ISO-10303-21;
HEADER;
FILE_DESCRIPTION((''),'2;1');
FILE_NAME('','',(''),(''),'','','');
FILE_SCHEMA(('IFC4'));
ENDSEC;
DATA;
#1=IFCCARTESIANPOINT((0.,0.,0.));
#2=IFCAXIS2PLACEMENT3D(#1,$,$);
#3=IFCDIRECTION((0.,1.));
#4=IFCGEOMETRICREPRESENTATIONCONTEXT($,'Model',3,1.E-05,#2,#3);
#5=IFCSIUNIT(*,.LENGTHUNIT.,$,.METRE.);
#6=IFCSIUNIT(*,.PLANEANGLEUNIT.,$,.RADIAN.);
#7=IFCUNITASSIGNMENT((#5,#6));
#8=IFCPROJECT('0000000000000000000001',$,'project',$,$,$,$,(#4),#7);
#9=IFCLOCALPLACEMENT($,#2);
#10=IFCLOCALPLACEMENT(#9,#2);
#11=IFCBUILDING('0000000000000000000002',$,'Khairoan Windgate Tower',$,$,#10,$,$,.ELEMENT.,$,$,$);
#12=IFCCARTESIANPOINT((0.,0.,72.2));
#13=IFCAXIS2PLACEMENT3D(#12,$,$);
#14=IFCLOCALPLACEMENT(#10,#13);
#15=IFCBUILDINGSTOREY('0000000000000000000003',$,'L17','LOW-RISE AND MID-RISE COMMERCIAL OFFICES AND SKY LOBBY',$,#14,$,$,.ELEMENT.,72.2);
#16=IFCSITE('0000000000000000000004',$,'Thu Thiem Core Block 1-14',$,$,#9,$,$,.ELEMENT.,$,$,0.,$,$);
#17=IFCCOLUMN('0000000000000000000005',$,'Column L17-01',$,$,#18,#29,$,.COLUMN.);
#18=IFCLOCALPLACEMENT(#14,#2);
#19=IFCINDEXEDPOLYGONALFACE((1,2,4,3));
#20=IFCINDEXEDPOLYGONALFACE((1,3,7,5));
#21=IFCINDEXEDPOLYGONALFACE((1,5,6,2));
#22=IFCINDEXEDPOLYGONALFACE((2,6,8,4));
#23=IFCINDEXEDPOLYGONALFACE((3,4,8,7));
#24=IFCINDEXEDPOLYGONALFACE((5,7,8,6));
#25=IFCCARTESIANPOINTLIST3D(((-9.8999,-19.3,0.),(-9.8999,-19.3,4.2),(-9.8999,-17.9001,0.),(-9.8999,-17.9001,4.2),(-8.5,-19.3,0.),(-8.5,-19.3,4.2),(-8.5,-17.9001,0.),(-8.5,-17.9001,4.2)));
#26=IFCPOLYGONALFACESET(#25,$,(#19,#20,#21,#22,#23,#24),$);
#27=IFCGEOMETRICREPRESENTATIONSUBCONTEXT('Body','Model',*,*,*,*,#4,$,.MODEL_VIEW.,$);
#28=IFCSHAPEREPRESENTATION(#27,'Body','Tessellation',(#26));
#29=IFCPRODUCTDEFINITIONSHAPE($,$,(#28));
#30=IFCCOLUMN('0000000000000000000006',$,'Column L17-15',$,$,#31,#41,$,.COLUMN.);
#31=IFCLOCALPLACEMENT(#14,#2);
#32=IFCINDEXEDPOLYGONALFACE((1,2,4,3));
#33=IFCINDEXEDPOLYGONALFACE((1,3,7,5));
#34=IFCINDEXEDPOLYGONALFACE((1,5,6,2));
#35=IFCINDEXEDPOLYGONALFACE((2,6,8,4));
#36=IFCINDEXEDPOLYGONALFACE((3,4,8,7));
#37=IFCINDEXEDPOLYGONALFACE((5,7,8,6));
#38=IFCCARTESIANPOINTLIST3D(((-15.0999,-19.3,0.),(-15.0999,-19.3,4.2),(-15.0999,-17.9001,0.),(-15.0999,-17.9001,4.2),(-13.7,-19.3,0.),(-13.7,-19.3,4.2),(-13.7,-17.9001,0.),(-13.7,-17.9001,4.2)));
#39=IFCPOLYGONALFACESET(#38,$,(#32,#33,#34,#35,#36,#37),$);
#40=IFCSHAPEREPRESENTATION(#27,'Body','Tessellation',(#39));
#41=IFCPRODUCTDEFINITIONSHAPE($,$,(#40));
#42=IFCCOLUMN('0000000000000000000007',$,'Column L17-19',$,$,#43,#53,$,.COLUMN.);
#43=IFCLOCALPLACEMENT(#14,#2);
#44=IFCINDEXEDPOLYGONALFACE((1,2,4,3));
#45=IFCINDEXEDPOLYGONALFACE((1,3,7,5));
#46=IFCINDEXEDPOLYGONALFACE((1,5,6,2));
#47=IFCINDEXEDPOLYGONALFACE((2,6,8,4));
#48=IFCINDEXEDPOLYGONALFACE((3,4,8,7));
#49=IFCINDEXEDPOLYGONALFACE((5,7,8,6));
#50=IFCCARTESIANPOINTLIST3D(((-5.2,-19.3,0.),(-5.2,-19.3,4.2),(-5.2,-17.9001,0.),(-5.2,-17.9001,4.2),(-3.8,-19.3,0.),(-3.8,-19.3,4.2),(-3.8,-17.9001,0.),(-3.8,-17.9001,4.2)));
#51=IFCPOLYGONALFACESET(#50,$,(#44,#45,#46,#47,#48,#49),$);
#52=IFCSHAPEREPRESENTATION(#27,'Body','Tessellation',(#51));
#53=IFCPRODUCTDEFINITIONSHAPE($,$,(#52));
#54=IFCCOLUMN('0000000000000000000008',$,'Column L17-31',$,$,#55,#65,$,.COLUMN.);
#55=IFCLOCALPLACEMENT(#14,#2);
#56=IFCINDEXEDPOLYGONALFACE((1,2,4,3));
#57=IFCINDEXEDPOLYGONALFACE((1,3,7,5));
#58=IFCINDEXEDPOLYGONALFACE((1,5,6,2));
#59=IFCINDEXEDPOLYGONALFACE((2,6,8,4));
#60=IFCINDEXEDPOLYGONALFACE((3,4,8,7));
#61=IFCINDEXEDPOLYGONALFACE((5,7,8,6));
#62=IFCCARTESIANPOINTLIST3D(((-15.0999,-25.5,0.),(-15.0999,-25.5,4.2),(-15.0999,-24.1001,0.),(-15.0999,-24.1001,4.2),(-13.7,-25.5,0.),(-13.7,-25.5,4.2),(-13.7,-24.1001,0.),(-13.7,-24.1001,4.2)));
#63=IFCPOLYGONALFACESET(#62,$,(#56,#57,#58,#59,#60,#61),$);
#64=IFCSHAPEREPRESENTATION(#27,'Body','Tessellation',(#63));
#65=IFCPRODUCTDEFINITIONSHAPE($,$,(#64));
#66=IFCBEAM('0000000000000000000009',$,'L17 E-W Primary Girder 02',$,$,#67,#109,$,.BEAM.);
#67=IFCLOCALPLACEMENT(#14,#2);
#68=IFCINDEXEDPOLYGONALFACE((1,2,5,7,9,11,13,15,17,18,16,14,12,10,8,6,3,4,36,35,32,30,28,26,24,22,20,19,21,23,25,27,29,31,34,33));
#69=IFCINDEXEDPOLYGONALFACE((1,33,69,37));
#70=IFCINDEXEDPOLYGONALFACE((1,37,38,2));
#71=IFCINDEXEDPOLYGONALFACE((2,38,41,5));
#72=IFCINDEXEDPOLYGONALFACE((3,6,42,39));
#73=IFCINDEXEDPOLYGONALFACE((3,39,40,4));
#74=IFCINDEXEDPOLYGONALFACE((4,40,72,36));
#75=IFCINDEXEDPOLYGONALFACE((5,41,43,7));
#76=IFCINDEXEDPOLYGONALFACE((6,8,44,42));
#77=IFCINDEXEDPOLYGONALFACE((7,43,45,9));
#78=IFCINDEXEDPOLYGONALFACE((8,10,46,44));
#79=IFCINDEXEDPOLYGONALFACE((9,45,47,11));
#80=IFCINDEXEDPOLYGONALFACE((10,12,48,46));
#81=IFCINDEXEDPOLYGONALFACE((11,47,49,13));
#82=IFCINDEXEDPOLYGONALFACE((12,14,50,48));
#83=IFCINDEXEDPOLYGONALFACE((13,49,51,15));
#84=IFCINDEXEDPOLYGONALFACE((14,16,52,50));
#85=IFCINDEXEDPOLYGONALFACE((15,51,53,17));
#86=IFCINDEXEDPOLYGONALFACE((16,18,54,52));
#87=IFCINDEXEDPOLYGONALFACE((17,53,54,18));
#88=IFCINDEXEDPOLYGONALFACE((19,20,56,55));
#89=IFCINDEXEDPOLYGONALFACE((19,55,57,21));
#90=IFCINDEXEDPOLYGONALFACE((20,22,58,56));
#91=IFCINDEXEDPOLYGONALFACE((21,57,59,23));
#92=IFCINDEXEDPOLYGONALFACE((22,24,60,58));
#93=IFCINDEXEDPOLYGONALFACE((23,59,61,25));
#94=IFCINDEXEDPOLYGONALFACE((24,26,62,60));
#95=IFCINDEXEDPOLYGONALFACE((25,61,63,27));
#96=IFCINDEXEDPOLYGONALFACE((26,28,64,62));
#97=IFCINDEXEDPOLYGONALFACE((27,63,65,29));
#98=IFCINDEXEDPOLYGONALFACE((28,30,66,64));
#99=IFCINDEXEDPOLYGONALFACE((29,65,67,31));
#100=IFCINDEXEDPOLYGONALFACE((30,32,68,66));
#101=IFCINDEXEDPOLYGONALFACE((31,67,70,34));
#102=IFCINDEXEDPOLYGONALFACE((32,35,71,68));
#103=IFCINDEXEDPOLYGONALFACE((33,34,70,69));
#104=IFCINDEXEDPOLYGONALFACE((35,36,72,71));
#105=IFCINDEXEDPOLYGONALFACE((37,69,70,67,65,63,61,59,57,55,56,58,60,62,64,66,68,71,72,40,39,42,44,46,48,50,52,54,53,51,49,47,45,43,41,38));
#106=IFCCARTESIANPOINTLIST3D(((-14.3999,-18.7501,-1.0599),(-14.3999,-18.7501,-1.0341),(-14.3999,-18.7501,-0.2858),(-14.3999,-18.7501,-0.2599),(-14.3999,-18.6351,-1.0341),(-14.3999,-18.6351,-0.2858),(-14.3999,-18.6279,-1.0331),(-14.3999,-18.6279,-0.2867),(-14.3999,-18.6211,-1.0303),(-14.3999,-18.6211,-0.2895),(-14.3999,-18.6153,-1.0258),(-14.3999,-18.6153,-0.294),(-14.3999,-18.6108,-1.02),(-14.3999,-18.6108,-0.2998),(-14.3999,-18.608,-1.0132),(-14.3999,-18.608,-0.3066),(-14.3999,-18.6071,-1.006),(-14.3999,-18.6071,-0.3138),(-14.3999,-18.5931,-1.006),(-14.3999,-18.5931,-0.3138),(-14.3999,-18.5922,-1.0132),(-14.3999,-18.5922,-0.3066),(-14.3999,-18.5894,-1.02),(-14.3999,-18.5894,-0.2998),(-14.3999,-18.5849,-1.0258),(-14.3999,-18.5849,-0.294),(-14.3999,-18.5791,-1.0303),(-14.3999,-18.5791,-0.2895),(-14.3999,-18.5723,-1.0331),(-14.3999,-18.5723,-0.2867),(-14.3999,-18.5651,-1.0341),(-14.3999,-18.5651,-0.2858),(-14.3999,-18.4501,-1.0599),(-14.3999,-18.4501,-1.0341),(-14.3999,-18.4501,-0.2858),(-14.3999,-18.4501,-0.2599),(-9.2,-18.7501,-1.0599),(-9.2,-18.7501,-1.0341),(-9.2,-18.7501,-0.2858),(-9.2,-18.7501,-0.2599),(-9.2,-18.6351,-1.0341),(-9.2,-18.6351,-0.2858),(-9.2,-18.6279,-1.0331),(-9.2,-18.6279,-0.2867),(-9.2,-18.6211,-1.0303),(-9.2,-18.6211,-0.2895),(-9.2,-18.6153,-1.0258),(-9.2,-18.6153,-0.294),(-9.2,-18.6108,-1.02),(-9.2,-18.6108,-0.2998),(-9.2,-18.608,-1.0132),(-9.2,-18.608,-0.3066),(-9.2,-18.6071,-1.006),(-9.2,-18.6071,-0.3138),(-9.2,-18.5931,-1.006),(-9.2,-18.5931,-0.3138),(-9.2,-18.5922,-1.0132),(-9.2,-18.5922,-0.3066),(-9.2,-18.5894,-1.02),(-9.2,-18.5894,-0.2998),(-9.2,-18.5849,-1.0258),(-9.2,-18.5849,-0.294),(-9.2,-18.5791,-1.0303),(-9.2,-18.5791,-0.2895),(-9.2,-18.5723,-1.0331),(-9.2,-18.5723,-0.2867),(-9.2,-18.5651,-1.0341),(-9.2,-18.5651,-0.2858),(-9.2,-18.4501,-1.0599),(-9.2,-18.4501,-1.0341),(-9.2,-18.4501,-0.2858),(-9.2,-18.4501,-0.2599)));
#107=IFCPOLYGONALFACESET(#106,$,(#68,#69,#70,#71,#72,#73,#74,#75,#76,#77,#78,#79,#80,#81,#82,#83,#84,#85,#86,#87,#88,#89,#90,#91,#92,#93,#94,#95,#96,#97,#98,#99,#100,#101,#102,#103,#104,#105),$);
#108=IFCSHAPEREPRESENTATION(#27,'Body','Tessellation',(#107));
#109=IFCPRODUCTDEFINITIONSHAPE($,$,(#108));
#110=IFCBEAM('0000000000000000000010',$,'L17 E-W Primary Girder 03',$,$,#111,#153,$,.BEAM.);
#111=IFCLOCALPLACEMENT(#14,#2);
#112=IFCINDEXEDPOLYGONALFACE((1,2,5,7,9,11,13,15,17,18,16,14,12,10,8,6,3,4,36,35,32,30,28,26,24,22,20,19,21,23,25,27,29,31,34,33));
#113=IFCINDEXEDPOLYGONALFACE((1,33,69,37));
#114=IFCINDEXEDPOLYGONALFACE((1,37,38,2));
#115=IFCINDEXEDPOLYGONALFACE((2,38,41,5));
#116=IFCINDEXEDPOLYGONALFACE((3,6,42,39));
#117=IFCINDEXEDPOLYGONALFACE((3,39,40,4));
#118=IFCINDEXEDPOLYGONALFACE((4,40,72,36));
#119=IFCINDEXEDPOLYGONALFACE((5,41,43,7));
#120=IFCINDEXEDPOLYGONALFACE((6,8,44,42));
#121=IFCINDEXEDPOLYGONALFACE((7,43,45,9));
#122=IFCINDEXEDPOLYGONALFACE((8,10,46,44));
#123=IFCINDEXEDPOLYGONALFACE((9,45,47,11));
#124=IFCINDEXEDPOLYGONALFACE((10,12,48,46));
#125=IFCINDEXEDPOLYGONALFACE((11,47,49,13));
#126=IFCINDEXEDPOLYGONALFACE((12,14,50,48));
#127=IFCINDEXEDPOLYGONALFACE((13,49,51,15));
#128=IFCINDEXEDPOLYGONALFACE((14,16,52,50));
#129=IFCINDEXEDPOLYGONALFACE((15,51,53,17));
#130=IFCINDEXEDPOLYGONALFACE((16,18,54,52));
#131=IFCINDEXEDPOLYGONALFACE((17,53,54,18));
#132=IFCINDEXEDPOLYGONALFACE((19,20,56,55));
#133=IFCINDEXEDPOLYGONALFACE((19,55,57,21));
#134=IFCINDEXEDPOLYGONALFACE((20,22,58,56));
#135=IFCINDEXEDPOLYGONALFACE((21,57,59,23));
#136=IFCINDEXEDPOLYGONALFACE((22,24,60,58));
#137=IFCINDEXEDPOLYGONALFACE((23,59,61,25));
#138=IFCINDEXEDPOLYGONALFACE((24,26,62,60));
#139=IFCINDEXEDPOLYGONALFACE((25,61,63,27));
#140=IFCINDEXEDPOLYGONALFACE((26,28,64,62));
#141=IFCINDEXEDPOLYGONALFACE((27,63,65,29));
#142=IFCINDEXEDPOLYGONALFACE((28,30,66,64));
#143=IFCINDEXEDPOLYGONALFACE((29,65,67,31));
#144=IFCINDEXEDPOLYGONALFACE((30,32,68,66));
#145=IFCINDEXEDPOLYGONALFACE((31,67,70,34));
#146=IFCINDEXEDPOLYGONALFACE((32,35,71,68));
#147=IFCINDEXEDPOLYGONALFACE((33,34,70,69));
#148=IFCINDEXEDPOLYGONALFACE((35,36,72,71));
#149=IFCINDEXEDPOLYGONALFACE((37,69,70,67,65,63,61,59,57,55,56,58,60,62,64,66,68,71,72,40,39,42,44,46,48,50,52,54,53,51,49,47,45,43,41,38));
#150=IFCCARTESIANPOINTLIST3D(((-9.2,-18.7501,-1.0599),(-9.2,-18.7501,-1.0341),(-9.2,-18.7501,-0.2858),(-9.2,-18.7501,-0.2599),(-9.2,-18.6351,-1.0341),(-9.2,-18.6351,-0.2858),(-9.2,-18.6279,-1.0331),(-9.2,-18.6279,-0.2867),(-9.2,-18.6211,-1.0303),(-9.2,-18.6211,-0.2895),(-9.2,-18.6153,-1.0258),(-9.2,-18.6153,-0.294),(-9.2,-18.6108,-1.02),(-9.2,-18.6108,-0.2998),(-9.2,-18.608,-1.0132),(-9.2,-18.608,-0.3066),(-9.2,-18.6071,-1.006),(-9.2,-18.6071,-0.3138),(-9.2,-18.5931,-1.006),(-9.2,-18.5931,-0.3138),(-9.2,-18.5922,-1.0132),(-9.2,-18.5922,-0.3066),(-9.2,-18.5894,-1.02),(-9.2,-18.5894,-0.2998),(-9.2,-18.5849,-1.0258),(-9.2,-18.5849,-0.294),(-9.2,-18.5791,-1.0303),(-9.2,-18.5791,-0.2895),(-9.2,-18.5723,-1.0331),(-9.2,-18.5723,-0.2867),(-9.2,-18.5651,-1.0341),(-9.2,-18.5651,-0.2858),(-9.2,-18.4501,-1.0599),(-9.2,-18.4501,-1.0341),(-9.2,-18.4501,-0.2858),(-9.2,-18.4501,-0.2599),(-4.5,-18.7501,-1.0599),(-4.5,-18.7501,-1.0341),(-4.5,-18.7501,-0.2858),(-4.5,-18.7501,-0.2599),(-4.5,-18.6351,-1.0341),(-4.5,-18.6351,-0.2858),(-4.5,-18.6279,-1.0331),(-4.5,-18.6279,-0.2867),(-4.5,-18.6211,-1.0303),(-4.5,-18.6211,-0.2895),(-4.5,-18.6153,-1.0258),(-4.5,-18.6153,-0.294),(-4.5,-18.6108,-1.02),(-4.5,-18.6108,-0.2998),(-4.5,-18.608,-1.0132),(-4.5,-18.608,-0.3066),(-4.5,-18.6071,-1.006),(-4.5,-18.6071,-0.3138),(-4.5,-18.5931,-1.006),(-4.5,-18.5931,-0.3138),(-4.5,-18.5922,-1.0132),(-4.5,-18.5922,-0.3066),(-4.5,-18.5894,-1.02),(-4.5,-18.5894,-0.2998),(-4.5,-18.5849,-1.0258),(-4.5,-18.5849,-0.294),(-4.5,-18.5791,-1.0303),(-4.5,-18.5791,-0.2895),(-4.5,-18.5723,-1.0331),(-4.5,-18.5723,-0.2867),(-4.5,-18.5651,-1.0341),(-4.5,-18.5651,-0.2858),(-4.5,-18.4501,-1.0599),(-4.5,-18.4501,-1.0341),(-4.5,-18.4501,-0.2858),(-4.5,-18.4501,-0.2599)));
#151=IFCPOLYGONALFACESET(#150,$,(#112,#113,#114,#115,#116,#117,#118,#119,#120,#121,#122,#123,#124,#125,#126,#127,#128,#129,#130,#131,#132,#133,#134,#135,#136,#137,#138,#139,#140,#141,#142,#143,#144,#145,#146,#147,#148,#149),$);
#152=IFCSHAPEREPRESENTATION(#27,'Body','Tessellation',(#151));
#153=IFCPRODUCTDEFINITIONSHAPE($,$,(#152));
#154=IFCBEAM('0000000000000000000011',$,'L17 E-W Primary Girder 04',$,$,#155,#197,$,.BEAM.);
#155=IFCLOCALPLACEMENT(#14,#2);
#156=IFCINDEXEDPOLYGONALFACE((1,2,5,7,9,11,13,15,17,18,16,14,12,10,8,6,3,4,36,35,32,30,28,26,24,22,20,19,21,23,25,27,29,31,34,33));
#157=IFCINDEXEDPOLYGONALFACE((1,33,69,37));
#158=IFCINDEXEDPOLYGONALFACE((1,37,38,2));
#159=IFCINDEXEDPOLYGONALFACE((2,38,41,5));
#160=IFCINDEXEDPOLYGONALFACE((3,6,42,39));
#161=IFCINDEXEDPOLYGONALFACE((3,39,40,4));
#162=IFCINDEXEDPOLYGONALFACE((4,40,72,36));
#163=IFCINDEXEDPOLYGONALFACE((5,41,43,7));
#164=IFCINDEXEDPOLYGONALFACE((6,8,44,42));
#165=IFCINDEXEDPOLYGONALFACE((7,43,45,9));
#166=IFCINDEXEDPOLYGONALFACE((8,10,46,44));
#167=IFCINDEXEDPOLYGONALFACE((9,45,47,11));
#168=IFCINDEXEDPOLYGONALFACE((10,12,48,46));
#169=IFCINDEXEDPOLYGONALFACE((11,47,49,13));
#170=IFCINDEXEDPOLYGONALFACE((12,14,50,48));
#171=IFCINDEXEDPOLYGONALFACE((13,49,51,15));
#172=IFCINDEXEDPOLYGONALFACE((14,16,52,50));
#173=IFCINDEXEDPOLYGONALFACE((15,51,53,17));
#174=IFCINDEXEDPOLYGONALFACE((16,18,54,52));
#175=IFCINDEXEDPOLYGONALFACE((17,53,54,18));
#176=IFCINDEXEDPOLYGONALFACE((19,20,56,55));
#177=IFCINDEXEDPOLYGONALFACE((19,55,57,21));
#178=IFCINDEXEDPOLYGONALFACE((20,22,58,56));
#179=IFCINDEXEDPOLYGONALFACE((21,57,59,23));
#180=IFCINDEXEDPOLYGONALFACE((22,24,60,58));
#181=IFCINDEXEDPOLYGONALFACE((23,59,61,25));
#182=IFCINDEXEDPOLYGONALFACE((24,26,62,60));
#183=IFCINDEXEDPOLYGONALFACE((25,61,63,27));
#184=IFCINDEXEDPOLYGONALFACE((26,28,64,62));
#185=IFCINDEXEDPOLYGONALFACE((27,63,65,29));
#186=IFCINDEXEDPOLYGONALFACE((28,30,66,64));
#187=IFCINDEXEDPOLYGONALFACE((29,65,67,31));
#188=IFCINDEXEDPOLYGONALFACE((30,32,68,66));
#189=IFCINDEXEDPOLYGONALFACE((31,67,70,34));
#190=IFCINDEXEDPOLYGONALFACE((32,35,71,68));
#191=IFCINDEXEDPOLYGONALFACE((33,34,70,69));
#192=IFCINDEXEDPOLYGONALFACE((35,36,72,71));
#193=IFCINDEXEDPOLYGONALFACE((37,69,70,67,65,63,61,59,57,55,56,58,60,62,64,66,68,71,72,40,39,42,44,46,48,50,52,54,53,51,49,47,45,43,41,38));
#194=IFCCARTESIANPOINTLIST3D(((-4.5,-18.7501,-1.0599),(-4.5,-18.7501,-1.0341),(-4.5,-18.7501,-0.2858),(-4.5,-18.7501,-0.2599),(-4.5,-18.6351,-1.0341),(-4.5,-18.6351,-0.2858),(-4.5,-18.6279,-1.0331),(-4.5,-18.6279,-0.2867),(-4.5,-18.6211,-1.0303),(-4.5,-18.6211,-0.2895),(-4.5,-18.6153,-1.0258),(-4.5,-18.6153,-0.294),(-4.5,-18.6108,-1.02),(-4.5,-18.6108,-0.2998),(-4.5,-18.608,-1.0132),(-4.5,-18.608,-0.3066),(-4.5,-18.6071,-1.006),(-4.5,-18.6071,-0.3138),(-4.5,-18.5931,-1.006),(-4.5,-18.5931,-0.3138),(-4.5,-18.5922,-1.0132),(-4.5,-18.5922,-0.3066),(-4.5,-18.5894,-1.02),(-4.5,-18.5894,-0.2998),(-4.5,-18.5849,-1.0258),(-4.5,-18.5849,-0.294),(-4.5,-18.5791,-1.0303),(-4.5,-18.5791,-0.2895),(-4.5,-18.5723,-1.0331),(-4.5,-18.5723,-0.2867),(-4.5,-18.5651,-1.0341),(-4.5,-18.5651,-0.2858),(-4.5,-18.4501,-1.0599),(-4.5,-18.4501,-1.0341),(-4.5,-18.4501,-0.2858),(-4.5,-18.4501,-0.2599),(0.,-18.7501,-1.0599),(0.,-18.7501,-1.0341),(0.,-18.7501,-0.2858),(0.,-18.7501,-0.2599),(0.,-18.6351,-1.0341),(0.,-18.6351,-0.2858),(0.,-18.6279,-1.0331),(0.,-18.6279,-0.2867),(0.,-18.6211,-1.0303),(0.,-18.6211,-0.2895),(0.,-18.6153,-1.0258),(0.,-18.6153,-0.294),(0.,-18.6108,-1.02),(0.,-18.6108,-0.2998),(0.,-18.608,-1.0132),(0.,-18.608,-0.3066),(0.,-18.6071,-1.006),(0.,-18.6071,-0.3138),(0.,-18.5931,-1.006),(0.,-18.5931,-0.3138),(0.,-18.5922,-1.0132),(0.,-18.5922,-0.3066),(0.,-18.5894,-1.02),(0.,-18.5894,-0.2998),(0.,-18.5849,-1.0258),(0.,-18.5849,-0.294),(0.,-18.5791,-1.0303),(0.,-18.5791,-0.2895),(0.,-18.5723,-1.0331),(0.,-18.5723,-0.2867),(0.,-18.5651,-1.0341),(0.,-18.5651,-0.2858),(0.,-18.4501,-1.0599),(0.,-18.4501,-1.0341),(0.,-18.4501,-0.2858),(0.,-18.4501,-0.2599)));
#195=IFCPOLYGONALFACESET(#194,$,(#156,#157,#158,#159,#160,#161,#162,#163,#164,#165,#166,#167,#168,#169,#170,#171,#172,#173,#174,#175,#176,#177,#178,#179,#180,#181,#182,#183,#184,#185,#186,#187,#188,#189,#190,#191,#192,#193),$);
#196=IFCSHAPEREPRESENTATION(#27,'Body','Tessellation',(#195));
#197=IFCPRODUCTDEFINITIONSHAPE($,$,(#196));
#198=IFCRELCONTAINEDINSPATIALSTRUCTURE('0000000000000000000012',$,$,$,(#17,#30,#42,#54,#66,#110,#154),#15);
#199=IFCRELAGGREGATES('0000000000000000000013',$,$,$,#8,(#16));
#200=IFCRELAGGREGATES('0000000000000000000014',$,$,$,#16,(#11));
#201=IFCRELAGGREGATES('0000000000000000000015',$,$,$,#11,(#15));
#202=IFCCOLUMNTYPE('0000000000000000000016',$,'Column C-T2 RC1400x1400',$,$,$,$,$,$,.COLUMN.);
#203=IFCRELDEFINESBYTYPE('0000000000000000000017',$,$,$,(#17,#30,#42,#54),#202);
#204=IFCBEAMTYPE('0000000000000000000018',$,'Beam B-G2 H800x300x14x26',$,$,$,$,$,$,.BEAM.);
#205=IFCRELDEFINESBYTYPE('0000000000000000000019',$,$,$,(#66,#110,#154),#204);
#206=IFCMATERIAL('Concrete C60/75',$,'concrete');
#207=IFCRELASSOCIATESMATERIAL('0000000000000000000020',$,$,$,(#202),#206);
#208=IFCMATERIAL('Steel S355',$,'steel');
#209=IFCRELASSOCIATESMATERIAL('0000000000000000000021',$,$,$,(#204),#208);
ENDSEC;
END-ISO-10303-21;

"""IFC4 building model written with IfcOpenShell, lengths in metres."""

from ifc_helpers import new_model, si_unit, direction, frame, origin, origin_2d, place, context, subcontext, project, spatial, rectangle, i_section, extrude, material, material_profile, profile_set, type_object, element, save


model = new_model("IFC4")

# Units and contexts
model_context = context("Model", 3, precision=1e-05, world=origin(), true_north=direction((0.0, 1.0)))
body_context = subcontext(model_context, "Body", "Model", "MODEL_VIEW")
ifc_project = project(units=[si_unit("LENGTHUNIT", "METRE"), si_unit("PLANEANGLEUNIT", "RADIAN")], contexts=[model_context])

# Site, building, storey
site_placement = place(None, origin())
site = spatial("IfcSite", under=ifc_project, at=site_placement, Name="Thu Thiem Core Block 1-14", CompositionType="ELEMENT", RefElevation=0.0)
building_placement = place(site_placement, origin())
building = spatial("IfcBuilding", under=site, at=building_placement, Name="Khairoan Windgate Tower", CompositionType="ELEMENT")
storey_placement = place(building_placement, frame((0.0, 0.0, 72.2)))
storey = spatial("IfcBuildingStorey", under=building, at=storey_placement, Name="L17", Description="LOW-RISE AND MID-RISE COMMERCIAL OFFICES AND SKY LOBBY", CompositionType="ELEMENT", Elevation=72.2)

# Columns
ifc_material_1 = material(Name="Concrete C60/75", Category="concrete")
ifc_material_profile_1 = material_profile(ifc_material_1, rectangle(XDim=1.3999, YDim=1.3999, at=origin_2d()))
ifc_profile_set_1 = profile_set([ifc_material_profile_1], Name="Concrete C60/75")
column_type = type_object("IfcColumnType", Name="Column C-T2 RC1400x1400", PredefinedType="COLUMN", material=ifc_profile_set_1)
for number, where, z_axis, x_axis, name in (
    (1, (-9.2, -18.6001, 0.0), (0.0, 0.0, 1.0), (1.0, 0.0, 0.0), "Column L17-01"),
    (2, (-14.3999, -18.6001, 0.0), (0.0, 0.0, 1.0), (1.0, 0.0, 0.0), "Column L17-15"),
    (3, (-4.5, -18.6001, 0.0), (0.0, 0.0, 1.0), (1.0, 0.0, 0.0), "Column L17-19"),
    (4, (-14.3999, -24.8, 0.0), (0.0, 0.0, 1.0), (1.0, 0.0, 0.0), "Column L17-31"),
):
    element("IfcColumn", number, at=place(storey_placement, frame(where, z_axis=z_axis, x_axis=x_axis)), inside=storey, type_object=column_type, Name=name, PredefinedType="COLUMN", context=body_context, shape_type="SweptSolid", body=[
        extrude(rectangle(XDim=1.3999, YDim=1.3999, at=origin_2d()), origin(), (0.0, 0.0, 1.0), 4.2),
    ])

# Beams
ifc_material_2 = material(Name="Steel S355", Category="steel")
ifc_material_profile_2 = material_profile(ifc_material_2, i_section(OverallWidth=0.3, OverallDepth=0.8, WebThickness=0.0139, FlangeThickness=0.0259, FilletRadius=0.0281, at=origin_2d()))
ifc_profile_set_2 = profile_set([ifc_material_profile_2], Name="Steel S355")
beam_type_1 = type_object("IfcBeamType", Name="Beam B-G2 H800x300x14x26", PredefinedType="BEAM", material=ifc_profile_set_2)
beam_1_placement = place(storey_placement, frame((-14.3999, -18.6001, -0.6599), z_axis=(1.0, 0.0, 0.0), x_axis=(0.0, 1.0, 0.0)))
element("IfcBeam", 5, at=beam_1_placement, inside=storey, type_object=beam_type_1, Name="L17 E-W Primary Girder 02", PredefinedType="BEAM", context=body_context, shape_type="SweptSolid", body=[
    extrude(i_section(OverallWidth=0.3, OverallDepth=0.8, WebThickness=0.0139, FlangeThickness=0.0259, FilletRadius=0.0281, at=origin_2d()), origin(), (0.0, 0.0, 1.0), 5.2),
])
beam_2_placement = place(storey_placement, frame((-9.2, -18.6001, -0.6599), z_axis=(1.0, 0.0, 0.0), x_axis=(0.0, 1.0, 0.0)))
element("IfcBeam", 6, at=beam_2_placement, inside=storey, type_object=beam_type_1, Name="L17 E-W Primary Girder 03", PredefinedType="BEAM", context=body_context, shape_type="SweptSolid", body=[
    extrude(i_section(OverallWidth=0.3, OverallDepth=0.8, WebThickness=0.0139, FlangeThickness=0.0259, FilletRadius=0.0281, at=origin_2d()), origin(), (0.0, 0.0, 1.0), 4.7),
])
beam_3_placement = place(storey_placement, frame((-4.5, -18.6001, -0.6599), z_axis=(1.0, 0.0, 0.0), x_axis=(0.0, 1.0, 0.0)))
element("IfcBeam", 7, at=beam_3_placement, inside=storey, type_object=beam_type_1, Name="L17 E-W Primary Girder 04", PredefinedType="BEAM", context=body_context, shape_type="SweptSolid", body=[
    extrude(i_section(OverallWidth=0.3, OverallDepth=0.8, WebThickness=0.0139, FlangeThickness=0.0259, FilletRadius=0.0281, at=origin_2d()), origin(), (0.0, 0.0, 1.0), 4.5),
])

save(model, "model.ifc")
